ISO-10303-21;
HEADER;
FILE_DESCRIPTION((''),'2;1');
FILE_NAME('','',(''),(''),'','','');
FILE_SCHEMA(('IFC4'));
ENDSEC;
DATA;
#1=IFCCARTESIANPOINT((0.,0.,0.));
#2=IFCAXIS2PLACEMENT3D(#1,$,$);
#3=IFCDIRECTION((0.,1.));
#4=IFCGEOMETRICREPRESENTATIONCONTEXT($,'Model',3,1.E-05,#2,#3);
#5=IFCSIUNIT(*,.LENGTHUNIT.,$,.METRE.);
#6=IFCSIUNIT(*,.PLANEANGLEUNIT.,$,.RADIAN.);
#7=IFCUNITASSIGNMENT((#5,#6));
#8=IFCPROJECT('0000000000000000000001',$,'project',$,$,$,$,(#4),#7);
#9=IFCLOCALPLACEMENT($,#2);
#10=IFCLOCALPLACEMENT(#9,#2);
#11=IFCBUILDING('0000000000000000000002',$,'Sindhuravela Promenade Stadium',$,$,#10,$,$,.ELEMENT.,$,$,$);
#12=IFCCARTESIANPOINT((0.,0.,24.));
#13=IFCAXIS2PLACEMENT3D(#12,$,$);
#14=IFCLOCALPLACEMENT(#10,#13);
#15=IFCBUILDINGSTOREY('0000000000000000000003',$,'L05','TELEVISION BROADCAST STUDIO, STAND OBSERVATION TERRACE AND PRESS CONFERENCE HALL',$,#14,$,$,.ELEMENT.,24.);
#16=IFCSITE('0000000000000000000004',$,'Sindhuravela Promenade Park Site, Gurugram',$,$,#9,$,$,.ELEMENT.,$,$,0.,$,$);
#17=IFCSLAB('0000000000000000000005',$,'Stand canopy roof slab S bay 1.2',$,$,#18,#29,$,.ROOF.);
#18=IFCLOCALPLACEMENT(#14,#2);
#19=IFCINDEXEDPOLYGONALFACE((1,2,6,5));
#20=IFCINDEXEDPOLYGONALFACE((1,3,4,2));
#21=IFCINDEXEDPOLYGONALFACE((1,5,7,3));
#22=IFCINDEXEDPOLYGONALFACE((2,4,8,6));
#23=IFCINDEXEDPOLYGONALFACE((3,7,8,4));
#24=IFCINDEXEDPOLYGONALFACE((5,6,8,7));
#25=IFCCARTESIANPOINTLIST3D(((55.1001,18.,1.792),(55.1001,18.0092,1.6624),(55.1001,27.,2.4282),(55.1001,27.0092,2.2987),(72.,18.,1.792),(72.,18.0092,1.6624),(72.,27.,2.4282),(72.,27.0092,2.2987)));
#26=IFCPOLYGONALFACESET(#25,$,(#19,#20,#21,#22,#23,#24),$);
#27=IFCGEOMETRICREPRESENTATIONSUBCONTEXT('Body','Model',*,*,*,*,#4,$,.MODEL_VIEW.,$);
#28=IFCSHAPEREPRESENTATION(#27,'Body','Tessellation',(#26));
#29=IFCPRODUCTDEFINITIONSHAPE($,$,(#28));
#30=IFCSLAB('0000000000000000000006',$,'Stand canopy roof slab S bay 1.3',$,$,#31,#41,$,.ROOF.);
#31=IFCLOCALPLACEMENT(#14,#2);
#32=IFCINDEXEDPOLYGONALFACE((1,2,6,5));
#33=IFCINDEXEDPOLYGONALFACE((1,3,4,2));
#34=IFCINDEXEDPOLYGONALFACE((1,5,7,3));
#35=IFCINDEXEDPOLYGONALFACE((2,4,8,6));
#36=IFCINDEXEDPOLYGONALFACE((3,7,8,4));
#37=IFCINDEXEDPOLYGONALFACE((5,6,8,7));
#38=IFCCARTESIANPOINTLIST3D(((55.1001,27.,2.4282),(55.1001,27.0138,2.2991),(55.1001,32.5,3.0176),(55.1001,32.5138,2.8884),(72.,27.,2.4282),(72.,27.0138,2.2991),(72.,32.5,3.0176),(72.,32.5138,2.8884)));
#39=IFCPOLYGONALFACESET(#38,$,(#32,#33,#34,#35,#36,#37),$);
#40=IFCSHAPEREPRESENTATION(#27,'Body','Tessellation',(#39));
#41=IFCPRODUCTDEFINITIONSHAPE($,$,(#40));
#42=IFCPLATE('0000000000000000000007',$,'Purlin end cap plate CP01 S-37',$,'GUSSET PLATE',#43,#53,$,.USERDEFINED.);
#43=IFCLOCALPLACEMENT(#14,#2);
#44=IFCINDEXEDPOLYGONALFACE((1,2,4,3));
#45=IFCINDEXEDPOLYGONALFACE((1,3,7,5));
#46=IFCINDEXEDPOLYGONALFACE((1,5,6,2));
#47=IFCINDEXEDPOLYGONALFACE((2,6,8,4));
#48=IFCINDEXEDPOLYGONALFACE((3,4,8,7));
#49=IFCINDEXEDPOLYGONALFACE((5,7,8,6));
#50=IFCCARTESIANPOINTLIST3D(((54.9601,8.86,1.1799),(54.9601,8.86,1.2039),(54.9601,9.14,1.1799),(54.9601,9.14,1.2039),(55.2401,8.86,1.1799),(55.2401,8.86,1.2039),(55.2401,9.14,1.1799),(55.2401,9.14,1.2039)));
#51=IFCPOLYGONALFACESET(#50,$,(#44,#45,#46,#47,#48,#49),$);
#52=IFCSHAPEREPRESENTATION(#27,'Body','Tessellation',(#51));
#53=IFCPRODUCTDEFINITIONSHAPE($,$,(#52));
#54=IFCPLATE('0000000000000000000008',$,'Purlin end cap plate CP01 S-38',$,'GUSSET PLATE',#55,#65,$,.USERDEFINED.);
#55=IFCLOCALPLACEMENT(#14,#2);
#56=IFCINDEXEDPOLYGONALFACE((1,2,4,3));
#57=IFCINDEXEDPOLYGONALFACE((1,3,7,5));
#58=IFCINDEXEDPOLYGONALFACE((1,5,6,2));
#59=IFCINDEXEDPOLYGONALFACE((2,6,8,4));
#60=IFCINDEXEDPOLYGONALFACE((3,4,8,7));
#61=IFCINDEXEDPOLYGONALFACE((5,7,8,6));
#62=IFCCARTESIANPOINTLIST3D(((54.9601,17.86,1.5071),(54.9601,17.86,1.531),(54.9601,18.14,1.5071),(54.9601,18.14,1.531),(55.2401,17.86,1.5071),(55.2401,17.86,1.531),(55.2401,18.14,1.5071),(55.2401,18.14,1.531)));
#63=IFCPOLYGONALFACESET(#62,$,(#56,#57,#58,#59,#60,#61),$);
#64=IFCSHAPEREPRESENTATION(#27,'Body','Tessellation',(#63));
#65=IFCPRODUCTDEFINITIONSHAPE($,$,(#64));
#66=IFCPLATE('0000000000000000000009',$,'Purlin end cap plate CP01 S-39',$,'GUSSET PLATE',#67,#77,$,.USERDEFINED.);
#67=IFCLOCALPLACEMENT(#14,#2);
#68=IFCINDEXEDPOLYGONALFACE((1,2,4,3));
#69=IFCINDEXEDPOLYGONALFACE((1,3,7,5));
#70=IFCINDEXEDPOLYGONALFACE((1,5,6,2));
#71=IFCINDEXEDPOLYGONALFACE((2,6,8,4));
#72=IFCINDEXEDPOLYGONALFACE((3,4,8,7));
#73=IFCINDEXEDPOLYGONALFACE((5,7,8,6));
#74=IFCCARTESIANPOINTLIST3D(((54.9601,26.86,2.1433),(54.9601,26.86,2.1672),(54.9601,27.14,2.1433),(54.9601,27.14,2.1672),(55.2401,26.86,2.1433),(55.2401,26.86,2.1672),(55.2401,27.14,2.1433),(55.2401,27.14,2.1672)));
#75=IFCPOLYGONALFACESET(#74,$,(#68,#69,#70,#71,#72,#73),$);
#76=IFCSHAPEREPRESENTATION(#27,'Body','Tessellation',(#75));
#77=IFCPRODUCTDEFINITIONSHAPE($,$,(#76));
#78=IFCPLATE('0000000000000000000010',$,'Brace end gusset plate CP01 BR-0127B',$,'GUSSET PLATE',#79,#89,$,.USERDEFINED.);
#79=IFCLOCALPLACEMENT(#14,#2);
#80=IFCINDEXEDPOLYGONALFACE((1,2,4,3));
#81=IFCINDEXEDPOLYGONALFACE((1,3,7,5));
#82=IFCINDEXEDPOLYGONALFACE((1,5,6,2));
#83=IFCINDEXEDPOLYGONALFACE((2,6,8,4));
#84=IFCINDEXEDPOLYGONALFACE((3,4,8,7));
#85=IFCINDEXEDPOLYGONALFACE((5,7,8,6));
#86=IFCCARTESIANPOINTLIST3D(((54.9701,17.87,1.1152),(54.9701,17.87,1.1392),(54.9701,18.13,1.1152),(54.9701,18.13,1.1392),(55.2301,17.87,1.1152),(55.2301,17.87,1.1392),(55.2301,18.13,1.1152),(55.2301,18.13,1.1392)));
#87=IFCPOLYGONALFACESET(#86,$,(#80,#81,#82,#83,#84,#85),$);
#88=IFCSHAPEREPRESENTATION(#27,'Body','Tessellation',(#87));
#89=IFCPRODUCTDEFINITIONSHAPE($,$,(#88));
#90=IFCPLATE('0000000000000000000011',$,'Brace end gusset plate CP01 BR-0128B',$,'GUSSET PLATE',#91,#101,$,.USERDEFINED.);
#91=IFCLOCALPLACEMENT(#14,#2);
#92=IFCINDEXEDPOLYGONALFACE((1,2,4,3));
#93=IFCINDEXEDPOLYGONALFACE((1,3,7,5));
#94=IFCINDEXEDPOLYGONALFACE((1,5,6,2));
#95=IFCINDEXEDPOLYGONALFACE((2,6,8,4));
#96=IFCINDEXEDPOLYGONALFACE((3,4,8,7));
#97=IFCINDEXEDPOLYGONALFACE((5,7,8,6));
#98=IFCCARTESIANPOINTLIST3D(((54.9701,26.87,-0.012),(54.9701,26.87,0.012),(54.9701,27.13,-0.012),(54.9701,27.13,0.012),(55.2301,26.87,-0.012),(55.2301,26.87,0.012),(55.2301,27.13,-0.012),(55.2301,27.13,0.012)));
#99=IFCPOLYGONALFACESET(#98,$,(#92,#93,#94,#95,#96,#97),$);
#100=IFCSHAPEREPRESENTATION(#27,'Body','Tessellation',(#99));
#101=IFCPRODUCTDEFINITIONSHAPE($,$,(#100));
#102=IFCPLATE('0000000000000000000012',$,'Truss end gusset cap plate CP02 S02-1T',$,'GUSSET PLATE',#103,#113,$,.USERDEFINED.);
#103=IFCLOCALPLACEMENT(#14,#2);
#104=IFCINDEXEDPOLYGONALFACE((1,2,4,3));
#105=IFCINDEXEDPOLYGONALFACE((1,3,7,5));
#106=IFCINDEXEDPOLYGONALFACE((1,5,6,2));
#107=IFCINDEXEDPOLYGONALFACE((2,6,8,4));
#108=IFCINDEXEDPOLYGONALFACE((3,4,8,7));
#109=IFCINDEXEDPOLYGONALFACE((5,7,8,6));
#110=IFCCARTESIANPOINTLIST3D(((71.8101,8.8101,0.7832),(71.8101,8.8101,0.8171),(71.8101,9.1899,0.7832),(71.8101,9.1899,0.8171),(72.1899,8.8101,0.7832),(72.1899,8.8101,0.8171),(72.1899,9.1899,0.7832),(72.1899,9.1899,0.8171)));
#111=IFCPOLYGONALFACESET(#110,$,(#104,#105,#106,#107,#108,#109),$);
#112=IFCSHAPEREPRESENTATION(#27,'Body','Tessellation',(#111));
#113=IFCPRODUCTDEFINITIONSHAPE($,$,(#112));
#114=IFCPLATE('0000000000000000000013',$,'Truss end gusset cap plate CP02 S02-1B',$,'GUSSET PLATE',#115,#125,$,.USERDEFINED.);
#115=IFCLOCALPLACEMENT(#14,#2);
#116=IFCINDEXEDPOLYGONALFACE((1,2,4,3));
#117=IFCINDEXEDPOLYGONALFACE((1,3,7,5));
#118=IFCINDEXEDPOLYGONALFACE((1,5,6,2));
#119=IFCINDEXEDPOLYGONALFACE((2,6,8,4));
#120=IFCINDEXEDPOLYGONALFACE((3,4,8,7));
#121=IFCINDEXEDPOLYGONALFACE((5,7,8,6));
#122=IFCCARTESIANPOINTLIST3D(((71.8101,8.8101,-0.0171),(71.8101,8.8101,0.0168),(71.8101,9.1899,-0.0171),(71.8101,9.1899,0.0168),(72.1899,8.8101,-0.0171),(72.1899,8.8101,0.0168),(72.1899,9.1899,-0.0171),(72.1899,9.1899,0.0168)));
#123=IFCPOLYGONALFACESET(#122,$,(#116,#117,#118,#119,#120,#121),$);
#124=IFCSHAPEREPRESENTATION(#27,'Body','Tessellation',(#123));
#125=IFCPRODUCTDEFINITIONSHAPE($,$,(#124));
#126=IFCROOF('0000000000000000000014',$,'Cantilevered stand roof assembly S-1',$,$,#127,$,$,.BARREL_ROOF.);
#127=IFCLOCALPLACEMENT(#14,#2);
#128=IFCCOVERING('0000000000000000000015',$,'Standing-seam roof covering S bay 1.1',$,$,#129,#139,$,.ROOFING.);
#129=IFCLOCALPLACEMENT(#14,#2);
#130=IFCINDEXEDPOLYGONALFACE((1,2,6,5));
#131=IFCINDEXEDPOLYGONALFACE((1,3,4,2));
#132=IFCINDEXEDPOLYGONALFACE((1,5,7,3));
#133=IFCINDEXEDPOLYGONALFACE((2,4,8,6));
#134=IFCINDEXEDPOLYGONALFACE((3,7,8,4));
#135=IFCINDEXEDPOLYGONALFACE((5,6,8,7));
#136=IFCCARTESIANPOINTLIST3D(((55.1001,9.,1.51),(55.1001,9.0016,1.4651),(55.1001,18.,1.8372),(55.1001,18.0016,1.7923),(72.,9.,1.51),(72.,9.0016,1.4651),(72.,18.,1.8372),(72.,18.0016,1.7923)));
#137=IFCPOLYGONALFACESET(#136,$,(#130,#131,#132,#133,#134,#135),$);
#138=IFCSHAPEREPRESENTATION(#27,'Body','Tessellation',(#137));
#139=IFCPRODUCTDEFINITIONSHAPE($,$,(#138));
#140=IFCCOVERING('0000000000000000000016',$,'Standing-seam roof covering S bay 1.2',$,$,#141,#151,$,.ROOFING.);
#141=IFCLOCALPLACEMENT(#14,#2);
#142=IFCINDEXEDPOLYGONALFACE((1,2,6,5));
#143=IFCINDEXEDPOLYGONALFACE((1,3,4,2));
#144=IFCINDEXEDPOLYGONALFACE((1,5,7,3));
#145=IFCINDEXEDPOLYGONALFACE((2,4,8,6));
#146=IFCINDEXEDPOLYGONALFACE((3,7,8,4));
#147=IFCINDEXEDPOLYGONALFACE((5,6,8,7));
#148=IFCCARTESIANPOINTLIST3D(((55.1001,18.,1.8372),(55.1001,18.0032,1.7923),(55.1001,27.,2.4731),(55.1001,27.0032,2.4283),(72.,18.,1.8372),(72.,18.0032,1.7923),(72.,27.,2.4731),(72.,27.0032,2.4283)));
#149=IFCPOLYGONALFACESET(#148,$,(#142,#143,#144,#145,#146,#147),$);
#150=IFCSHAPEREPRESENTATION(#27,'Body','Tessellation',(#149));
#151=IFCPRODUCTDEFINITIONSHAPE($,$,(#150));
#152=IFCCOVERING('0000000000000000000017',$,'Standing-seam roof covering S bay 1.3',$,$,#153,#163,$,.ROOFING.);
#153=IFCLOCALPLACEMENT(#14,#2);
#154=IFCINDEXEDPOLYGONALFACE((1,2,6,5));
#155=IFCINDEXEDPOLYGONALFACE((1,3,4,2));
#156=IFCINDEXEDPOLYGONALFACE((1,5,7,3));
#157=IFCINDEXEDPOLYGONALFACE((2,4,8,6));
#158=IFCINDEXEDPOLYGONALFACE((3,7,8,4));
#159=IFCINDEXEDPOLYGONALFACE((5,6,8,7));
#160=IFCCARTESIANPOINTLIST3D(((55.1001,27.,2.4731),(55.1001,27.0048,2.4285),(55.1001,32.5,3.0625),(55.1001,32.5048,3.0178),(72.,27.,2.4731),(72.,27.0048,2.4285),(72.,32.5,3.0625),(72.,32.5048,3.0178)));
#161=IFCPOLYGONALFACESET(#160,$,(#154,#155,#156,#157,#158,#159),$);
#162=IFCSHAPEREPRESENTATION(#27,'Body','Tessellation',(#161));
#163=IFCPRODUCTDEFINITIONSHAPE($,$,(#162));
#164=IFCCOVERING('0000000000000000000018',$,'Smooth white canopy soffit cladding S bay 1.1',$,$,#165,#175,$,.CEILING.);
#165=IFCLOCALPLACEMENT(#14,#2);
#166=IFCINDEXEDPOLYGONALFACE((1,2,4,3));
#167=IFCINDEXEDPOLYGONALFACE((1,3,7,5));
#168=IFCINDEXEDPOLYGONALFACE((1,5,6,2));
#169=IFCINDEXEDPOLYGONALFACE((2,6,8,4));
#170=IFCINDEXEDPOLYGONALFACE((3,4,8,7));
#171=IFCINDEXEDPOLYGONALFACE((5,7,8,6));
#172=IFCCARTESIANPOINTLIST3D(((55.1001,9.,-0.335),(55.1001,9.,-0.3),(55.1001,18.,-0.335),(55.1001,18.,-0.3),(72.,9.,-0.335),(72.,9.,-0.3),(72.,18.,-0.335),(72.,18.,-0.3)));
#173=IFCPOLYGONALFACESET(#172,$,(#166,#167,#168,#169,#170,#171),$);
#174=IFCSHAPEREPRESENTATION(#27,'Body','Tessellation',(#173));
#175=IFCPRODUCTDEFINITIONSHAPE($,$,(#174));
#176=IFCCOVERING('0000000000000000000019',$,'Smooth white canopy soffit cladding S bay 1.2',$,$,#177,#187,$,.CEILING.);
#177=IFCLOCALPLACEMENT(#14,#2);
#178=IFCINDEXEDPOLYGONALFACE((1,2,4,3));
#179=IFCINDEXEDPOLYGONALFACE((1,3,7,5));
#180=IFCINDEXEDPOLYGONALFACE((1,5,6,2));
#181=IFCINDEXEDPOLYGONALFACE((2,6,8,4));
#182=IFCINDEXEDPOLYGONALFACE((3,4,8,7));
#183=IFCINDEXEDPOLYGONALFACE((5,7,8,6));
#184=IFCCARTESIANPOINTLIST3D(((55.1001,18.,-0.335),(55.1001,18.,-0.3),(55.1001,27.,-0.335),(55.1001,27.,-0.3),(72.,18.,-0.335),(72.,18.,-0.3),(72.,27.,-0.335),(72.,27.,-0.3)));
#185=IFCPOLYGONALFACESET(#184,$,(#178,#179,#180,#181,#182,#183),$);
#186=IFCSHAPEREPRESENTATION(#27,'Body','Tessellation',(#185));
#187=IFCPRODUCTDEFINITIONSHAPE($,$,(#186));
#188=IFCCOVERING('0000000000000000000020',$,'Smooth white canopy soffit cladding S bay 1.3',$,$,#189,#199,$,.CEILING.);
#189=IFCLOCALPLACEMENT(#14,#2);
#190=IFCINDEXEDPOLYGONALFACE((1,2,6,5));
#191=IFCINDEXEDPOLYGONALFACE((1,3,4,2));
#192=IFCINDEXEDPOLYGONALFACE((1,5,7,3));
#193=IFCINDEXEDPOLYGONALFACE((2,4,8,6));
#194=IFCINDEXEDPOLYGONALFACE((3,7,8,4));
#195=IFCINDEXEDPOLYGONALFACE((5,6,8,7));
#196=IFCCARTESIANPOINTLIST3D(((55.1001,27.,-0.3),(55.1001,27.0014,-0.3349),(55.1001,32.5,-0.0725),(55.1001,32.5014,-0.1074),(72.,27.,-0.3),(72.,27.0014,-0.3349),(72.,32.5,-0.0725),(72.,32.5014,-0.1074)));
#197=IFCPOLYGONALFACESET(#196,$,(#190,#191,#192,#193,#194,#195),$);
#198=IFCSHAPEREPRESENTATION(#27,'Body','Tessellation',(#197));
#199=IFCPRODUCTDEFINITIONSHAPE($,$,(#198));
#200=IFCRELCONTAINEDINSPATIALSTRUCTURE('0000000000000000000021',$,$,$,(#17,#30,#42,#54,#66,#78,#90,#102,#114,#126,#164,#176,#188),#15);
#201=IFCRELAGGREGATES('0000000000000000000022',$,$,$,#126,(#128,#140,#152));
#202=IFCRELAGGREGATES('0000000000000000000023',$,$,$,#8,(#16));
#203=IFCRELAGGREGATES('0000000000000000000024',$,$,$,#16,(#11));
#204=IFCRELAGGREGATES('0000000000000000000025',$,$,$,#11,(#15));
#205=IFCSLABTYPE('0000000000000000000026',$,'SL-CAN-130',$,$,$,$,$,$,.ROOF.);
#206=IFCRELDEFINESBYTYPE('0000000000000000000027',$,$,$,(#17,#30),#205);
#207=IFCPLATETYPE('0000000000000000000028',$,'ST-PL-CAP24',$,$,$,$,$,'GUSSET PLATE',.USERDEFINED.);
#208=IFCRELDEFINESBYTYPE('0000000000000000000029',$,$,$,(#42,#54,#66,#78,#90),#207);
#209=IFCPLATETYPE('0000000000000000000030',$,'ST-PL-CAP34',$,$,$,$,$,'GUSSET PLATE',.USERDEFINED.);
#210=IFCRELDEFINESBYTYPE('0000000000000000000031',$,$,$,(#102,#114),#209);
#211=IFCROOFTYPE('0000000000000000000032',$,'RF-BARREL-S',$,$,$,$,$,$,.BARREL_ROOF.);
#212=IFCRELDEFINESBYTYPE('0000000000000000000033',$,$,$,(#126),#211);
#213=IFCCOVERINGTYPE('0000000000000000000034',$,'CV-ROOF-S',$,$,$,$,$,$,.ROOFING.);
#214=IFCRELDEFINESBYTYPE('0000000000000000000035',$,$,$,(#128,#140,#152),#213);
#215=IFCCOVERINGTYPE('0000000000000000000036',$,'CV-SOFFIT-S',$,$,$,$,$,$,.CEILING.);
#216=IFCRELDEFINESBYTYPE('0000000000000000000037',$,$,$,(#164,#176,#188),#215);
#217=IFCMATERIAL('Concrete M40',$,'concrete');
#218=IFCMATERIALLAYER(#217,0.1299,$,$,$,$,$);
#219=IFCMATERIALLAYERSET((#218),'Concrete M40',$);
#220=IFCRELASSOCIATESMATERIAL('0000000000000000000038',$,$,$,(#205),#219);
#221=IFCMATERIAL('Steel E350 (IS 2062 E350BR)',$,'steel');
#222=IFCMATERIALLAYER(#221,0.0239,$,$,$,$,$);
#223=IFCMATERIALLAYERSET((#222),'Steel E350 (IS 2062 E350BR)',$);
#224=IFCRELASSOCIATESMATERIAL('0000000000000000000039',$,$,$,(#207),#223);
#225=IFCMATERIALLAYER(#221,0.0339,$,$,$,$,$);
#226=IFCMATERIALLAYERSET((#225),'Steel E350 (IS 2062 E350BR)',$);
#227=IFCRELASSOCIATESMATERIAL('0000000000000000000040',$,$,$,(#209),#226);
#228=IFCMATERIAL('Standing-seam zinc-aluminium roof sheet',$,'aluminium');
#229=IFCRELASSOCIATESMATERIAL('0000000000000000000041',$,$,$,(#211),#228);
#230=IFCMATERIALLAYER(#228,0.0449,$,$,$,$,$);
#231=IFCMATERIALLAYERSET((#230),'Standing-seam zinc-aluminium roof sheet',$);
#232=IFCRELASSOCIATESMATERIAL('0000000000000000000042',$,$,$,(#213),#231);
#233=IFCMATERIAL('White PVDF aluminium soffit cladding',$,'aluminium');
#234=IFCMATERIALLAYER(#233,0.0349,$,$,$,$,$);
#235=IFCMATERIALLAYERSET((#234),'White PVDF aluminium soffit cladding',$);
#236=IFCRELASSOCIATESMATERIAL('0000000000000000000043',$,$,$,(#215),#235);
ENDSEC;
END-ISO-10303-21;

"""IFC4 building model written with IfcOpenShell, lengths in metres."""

from ifc_helpers import new_model, si_unit, direction, frame, origin, origin_2d, place, context, subcontext, project, spatial, polyline, rectangle, outline, extrude, material, layer, layer_set, type_object, element, aggregate, save


model = new_model("IFC4")

# Units and contexts
model_context = context("Model", 3, precision=1e-05, world=origin(), true_north=direction((0.0, 1.0)))
body_context = subcontext(model_context, "Body", "Model", "MODEL_VIEW")
ifc_project = project(units=[si_unit("LENGTHUNIT", "METRE"), si_unit("PLANEANGLEUNIT", "RADIAN")], contexts=[model_context])

# Site, building, storey
site_placement = place(None, origin())
site = spatial("IfcSite", under=ifc_project, at=site_placement, Name="Sindhuravela Promenade Park Site, Gurugram", CompositionType="ELEMENT", RefElevation=0.0)
building_placement = place(site_placement, origin())
building = spatial("IfcBuilding", under=site, at=building_placement, Name="Sindhuravela Promenade Stadium", CompositionType="ELEMENT")
storey_placement = place(building_placement, frame((0.0, 0.0, 24.0)))
storey = spatial("IfcBuildingStorey", under=building, at=storey_placement, Name="L05", Description="TELEVISION BROADCAST STUDIO, STAND OBSERVATION TERRACE AND PRESS CONFERENCE HALL", CompositionType="ELEMENT", Elevation=24.0)

# Shared definitions
ifc_material_1 = material(Name="Steel E350 (IS 2062 E350BR)", Category="steel")

# Slabs
ifc_material_2 = material(Name="Concrete M40", Category="concrete")
ifc_layer_1 = layer(ifc_material_2, 0.1299)
ifc_layer_set_1 = layer_set([ifc_layer_1], Name="Concrete M40")
slab_type = type_object("IfcSlabType", Name="SL-CAN-130", PredefinedType="ROOF", material=ifc_layer_set_1)
slab_1_placement = place(storey_placement, frame((55.1001, 18.0, 1.792), z_axis=(0.0, -0.070516, 0.997511), x_axis=(1.0, 0.0, 0.0)))
element("IfcSlab", 1, at=slab_1_placement, inside=storey, type_object=slab_type, Name="Stand canopy roof slab S bay 1.2", PredefinedType="ROOF", context=body_context, shape_type="SweptSolid", body=[
    extrude(outline(polyline([(0.0, 0.0), (16.8999, 0.0), (16.8999, 9.0225), (0.0, 9.0225), (0.0, 0.0)])), origin(), (0.0, 0.0, -1.0), 0.1299),
])
slab_2_placement = place(storey_placement, frame((55.1001, 27.0, 2.4282), z_axis=(0.0, -0.106546, 0.994308), x_axis=(1.0, 0.0, 0.0)))
element("IfcSlab", 2, at=slab_2_placement, inside=storey, type_object=slab_type, Name="Stand canopy roof slab S bay 1.3", PredefinedType="ROOF", context=body_context, shape_type="SweptSolid", body=[
    extrude(outline(polyline([(0.0, 0.0), (16.8999, 0.0), (16.8999, 5.5315), (0.0, 5.5315), (0.0, 0.0)])), origin(), (0.0, 0.0, -1.0), 0.1299),
])

# Plates
ifc_layer_2 = layer(ifc_material_1, 0.0239)
ifc_layer_set_2 = layer_set([ifc_layer_2], Name="Steel E350 (IS 2062 E350BR)")
plate_type_1 = type_object("IfcPlateType", Name="ST-PL-CAP24", ElementType="GUSSET PLATE", PredefinedType="USERDEFINED", material=ifc_layer_set_2)
for number, where, z_axis, x_axis, name in (
    (3, (55.1001, 9.0, 1.1799), (0.0, 0.0, 1.0), (1.0, 0.0, 0.0), "Purlin end cap plate CP01 S-37"),
    (4, (55.1001, 18.0, 1.5071), (0.0, 0.0, 1.0), (1.0, 0.0, 0.0), "Purlin end cap plate CP01 S-38"),
    (5, (55.1001, 27.0, 2.1433), (0.0, 0.0, 1.0), (1.0, 0.0, 0.0), "Purlin end cap plate CP01 S-39"),
):
    element("IfcPlate", number, at=place(storey_placement, frame(where, z_axis=z_axis, x_axis=x_axis)), inside=storey, type_object=plate_type_1, Name=name, ObjectType="GUSSET PLATE", PredefinedType="USERDEFINED", context=body_context, shape_type="SweptSolid", body=[
        extrude(rectangle(XDim=0.28, YDim=0.28, at=origin_2d()), origin(), (0.0, 0.0, 1.0), 0.0239),
    ])
for number, where, z_axis, x_axis, name in (
    (6, (55.1001, 18.0, 1.1152), (0.0, 0.0, 1.0), (1.0, 0.0, 0.0), "Brace end gusset plate CP01 BR-0127B"),
    (7, (55.1001, 27.0, -0.012), (0.0, 0.0, 1.0), (1.0, 0.0, 0.0), "Brace end gusset plate CP01 BR-0128B"),
):
    element("IfcPlate", number, at=place(storey_placement, frame(where, z_axis=z_axis, x_axis=x_axis)), inside=storey, type_object=plate_type_1, Name=name, ObjectType="GUSSET PLATE", PredefinedType="USERDEFINED", context=body_context, shape_type="SweptSolid", body=[
        extrude(rectangle(XDim=0.26, YDim=0.26, at=origin_2d()), origin(), (0.0, 0.0, 1.0), 0.0239),
    ])
ifc_layer_3 = layer(ifc_material_1, 0.0339)
ifc_layer_set_3 = layer_set([ifc_layer_3], Name="Steel E350 (IS 2062 E350BR)")
plate_type_2 = type_object("IfcPlateType", Name="ST-PL-CAP34", ElementType="GUSSET PLATE", PredefinedType="USERDEFINED", material=ifc_layer_set_3)
for number, where, z_axis, x_axis, name in (
    (8, (72.0, 9.0, 0.7832), (0.0, 0.0, 1.0), (1.0, 0.0, 0.0), "Truss end gusset cap plate CP02 S02-1T"),
    (9, (72.0, 9.0, -0.0171), (0.0, 0.0, 1.0), (1.0, 0.0, 0.0), "Truss end gusset cap plate CP02 S02-1B"),
):
    element("IfcPlate", number, at=place(storey_placement, frame(where, z_axis=z_axis, x_axis=x_axis)), inside=storey, type_object=plate_type_2, Name=name, ObjectType="GUSSET PLATE", PredefinedType="USERDEFINED", context=body_context, shape_type="SweptSolid", body=[
        extrude(rectangle(XDim=0.3799, YDim=0.3799, at=origin_2d()), origin(), (0.0, 0.0, 1.0), 0.0339),
    ])

# Roof, coverings
ifc_material_3 = material(Name="Standing-seam zinc-aluminium roof sheet", Category="aluminium")
roof_type = type_object("IfcRoofType", Name="RF-BARREL-S", PredefinedType="BARREL_ROOF", material=ifc_material_3)
roof_placement = place(storey_placement, origin())
roof = element("IfcRoof", 10, at=roof_placement, inside=storey, type_object=roof_type, Name="Cantilevered stand roof assembly S-1", PredefinedType="BARREL_ROOF")
ifc_layer_4 = layer(ifc_material_3, 0.0449)
ifc_layer_set_4 = layer_set([ifc_layer_4], Name="Standing-seam zinc-aluminium roof sheet")
covering_type_1 = type_object("IfcCoveringType", Name="CV-ROOF-S", PredefinedType="ROOFING", material=ifc_layer_set_4)
covering_1_placement = place(storey_placement, frame((55.1001, 9.0, 1.51), z_axis=(0.0, -0.036326, 0.99934), x_axis=(1.0, 0.0, 0.0)))
covering_1 = element("IfcCovering", 11, at=covering_1_placement, type_object=covering_type_1, Name="Standing-seam roof covering S bay 1.1", PredefinedType="ROOFING", context=body_context, shape_type="SweptSolid", body=[
    extrude(outline(polyline([(0.0, 0.0), (16.8999, 0.0), (16.8999, 9.0059), (0.0, 9.0059), (0.0, 0.0)])), origin(), (0.0, 0.0, -1.0), 0.0449),
])
covering_2_placement = place(storey_placement, frame((55.1001, 18.0, 1.8372), z_axis=(0.0, -0.070489, 0.997513), x_axis=(1.0, 0.0, 0.0)))
covering_2 = element("IfcCovering", 12, at=covering_2_placement, type_object=covering_type_1, Name="Standing-seam roof covering S bay 1.2", PredefinedType="ROOFING", context=body_context, shape_type="SweptSolid", body=[
    extrude(outline(polyline([(0.0, 0.0), (16.8999, 0.0), (16.8999, 9.0224), (0.0, 9.0224), (0.0, 0.0)])), origin(), (0.0, 0.0, -1.0), 0.0449),
])
covering_3_placement = place(storey_placement, frame((55.1001, 27.0, 2.4731), z_axis=(0.0, -0.106546, 0.994308), x_axis=(1.0, 0.0, 0.0)))
covering_3 = element("IfcCovering", 13, at=covering_3_placement, type_object=covering_type_1, Name="Standing-seam roof covering S bay 1.3", PredefinedType="ROOFING", context=body_context, shape_type="SweptSolid", body=[
    extrude(outline(polyline([(0.0, 0.0), (16.8999, 0.0), (16.8999, 5.5315), (0.0, 5.5315), (0.0, 0.0)])), origin(), (0.0, 0.0, -1.0), 0.0449),
])
aggregate(roof, [covering_1, covering_2, covering_3])

# Coverings
ifc_material_4 = material(Name="White PVDF aluminium soffit cladding", Category="aluminium")
ifc_layer_5 = layer(ifc_material_4, 0.0349)
ifc_layer_set_5 = layer_set([ifc_layer_5], Name="White PVDF aluminium soffit cladding")
covering_type_2 = type_object("IfcCoveringType", Name="CV-SOFFIT-S", PredefinedType="CEILING", material=ifc_layer_set_5)
for number, where, z_axis, x_axis, name in (
    (14, (55.1001, 9.0, -0.3), (0.0, 0.0, 1.0), (1.0, 0.0, 0.0), "Smooth white canopy soffit cladding S bay 1.1"),
    (15, (55.1001, 18.0, -0.3), (0.0, 0.0, 1.0), (1.0, 0.0, 0.0), "Smooth white canopy soffit cladding S bay 1.2"),
):
    element("IfcCovering", number, at=place(storey_placement, frame(where, z_axis=z_axis, x_axis=x_axis)), inside=storey, type_object=covering_type_2, Name=name, PredefinedType="CEILING", context=body_context, shape_type="SweptSolid", body=[
        extrude(outline(polyline([(0.0, 0.0), (16.8999, 0.0), (16.8999, 9.0), (0.0, 9.0), (0.0, 0.0)])), origin(), (0.0, 0.0, -1.0), 0.0349),
    ])
covering_4_placement = place(storey_placement, frame((55.1001, 27.0, -0.3), z_axis=(0.0, -0.041335, 0.999145), x_axis=(1.0, 0.0, 0.0)))
element("IfcCovering", 16, at=covering_4_placement, inside=storey, type_object=covering_type_2, Name="Smooth white canopy soffit cladding S bay 1.3", PredefinedType="CEILING", context=body_context, shape_type="SweptSolid", body=[
    extrude(outline(polyline([(0.0, 0.0), (16.8999, 0.0), (16.8999, 5.5047), (0.0, 5.5047), (0.0, 0.0)])), origin(), (0.0, 0.0, -1.0), 0.0349),
])

save(model, "model.ifc")
